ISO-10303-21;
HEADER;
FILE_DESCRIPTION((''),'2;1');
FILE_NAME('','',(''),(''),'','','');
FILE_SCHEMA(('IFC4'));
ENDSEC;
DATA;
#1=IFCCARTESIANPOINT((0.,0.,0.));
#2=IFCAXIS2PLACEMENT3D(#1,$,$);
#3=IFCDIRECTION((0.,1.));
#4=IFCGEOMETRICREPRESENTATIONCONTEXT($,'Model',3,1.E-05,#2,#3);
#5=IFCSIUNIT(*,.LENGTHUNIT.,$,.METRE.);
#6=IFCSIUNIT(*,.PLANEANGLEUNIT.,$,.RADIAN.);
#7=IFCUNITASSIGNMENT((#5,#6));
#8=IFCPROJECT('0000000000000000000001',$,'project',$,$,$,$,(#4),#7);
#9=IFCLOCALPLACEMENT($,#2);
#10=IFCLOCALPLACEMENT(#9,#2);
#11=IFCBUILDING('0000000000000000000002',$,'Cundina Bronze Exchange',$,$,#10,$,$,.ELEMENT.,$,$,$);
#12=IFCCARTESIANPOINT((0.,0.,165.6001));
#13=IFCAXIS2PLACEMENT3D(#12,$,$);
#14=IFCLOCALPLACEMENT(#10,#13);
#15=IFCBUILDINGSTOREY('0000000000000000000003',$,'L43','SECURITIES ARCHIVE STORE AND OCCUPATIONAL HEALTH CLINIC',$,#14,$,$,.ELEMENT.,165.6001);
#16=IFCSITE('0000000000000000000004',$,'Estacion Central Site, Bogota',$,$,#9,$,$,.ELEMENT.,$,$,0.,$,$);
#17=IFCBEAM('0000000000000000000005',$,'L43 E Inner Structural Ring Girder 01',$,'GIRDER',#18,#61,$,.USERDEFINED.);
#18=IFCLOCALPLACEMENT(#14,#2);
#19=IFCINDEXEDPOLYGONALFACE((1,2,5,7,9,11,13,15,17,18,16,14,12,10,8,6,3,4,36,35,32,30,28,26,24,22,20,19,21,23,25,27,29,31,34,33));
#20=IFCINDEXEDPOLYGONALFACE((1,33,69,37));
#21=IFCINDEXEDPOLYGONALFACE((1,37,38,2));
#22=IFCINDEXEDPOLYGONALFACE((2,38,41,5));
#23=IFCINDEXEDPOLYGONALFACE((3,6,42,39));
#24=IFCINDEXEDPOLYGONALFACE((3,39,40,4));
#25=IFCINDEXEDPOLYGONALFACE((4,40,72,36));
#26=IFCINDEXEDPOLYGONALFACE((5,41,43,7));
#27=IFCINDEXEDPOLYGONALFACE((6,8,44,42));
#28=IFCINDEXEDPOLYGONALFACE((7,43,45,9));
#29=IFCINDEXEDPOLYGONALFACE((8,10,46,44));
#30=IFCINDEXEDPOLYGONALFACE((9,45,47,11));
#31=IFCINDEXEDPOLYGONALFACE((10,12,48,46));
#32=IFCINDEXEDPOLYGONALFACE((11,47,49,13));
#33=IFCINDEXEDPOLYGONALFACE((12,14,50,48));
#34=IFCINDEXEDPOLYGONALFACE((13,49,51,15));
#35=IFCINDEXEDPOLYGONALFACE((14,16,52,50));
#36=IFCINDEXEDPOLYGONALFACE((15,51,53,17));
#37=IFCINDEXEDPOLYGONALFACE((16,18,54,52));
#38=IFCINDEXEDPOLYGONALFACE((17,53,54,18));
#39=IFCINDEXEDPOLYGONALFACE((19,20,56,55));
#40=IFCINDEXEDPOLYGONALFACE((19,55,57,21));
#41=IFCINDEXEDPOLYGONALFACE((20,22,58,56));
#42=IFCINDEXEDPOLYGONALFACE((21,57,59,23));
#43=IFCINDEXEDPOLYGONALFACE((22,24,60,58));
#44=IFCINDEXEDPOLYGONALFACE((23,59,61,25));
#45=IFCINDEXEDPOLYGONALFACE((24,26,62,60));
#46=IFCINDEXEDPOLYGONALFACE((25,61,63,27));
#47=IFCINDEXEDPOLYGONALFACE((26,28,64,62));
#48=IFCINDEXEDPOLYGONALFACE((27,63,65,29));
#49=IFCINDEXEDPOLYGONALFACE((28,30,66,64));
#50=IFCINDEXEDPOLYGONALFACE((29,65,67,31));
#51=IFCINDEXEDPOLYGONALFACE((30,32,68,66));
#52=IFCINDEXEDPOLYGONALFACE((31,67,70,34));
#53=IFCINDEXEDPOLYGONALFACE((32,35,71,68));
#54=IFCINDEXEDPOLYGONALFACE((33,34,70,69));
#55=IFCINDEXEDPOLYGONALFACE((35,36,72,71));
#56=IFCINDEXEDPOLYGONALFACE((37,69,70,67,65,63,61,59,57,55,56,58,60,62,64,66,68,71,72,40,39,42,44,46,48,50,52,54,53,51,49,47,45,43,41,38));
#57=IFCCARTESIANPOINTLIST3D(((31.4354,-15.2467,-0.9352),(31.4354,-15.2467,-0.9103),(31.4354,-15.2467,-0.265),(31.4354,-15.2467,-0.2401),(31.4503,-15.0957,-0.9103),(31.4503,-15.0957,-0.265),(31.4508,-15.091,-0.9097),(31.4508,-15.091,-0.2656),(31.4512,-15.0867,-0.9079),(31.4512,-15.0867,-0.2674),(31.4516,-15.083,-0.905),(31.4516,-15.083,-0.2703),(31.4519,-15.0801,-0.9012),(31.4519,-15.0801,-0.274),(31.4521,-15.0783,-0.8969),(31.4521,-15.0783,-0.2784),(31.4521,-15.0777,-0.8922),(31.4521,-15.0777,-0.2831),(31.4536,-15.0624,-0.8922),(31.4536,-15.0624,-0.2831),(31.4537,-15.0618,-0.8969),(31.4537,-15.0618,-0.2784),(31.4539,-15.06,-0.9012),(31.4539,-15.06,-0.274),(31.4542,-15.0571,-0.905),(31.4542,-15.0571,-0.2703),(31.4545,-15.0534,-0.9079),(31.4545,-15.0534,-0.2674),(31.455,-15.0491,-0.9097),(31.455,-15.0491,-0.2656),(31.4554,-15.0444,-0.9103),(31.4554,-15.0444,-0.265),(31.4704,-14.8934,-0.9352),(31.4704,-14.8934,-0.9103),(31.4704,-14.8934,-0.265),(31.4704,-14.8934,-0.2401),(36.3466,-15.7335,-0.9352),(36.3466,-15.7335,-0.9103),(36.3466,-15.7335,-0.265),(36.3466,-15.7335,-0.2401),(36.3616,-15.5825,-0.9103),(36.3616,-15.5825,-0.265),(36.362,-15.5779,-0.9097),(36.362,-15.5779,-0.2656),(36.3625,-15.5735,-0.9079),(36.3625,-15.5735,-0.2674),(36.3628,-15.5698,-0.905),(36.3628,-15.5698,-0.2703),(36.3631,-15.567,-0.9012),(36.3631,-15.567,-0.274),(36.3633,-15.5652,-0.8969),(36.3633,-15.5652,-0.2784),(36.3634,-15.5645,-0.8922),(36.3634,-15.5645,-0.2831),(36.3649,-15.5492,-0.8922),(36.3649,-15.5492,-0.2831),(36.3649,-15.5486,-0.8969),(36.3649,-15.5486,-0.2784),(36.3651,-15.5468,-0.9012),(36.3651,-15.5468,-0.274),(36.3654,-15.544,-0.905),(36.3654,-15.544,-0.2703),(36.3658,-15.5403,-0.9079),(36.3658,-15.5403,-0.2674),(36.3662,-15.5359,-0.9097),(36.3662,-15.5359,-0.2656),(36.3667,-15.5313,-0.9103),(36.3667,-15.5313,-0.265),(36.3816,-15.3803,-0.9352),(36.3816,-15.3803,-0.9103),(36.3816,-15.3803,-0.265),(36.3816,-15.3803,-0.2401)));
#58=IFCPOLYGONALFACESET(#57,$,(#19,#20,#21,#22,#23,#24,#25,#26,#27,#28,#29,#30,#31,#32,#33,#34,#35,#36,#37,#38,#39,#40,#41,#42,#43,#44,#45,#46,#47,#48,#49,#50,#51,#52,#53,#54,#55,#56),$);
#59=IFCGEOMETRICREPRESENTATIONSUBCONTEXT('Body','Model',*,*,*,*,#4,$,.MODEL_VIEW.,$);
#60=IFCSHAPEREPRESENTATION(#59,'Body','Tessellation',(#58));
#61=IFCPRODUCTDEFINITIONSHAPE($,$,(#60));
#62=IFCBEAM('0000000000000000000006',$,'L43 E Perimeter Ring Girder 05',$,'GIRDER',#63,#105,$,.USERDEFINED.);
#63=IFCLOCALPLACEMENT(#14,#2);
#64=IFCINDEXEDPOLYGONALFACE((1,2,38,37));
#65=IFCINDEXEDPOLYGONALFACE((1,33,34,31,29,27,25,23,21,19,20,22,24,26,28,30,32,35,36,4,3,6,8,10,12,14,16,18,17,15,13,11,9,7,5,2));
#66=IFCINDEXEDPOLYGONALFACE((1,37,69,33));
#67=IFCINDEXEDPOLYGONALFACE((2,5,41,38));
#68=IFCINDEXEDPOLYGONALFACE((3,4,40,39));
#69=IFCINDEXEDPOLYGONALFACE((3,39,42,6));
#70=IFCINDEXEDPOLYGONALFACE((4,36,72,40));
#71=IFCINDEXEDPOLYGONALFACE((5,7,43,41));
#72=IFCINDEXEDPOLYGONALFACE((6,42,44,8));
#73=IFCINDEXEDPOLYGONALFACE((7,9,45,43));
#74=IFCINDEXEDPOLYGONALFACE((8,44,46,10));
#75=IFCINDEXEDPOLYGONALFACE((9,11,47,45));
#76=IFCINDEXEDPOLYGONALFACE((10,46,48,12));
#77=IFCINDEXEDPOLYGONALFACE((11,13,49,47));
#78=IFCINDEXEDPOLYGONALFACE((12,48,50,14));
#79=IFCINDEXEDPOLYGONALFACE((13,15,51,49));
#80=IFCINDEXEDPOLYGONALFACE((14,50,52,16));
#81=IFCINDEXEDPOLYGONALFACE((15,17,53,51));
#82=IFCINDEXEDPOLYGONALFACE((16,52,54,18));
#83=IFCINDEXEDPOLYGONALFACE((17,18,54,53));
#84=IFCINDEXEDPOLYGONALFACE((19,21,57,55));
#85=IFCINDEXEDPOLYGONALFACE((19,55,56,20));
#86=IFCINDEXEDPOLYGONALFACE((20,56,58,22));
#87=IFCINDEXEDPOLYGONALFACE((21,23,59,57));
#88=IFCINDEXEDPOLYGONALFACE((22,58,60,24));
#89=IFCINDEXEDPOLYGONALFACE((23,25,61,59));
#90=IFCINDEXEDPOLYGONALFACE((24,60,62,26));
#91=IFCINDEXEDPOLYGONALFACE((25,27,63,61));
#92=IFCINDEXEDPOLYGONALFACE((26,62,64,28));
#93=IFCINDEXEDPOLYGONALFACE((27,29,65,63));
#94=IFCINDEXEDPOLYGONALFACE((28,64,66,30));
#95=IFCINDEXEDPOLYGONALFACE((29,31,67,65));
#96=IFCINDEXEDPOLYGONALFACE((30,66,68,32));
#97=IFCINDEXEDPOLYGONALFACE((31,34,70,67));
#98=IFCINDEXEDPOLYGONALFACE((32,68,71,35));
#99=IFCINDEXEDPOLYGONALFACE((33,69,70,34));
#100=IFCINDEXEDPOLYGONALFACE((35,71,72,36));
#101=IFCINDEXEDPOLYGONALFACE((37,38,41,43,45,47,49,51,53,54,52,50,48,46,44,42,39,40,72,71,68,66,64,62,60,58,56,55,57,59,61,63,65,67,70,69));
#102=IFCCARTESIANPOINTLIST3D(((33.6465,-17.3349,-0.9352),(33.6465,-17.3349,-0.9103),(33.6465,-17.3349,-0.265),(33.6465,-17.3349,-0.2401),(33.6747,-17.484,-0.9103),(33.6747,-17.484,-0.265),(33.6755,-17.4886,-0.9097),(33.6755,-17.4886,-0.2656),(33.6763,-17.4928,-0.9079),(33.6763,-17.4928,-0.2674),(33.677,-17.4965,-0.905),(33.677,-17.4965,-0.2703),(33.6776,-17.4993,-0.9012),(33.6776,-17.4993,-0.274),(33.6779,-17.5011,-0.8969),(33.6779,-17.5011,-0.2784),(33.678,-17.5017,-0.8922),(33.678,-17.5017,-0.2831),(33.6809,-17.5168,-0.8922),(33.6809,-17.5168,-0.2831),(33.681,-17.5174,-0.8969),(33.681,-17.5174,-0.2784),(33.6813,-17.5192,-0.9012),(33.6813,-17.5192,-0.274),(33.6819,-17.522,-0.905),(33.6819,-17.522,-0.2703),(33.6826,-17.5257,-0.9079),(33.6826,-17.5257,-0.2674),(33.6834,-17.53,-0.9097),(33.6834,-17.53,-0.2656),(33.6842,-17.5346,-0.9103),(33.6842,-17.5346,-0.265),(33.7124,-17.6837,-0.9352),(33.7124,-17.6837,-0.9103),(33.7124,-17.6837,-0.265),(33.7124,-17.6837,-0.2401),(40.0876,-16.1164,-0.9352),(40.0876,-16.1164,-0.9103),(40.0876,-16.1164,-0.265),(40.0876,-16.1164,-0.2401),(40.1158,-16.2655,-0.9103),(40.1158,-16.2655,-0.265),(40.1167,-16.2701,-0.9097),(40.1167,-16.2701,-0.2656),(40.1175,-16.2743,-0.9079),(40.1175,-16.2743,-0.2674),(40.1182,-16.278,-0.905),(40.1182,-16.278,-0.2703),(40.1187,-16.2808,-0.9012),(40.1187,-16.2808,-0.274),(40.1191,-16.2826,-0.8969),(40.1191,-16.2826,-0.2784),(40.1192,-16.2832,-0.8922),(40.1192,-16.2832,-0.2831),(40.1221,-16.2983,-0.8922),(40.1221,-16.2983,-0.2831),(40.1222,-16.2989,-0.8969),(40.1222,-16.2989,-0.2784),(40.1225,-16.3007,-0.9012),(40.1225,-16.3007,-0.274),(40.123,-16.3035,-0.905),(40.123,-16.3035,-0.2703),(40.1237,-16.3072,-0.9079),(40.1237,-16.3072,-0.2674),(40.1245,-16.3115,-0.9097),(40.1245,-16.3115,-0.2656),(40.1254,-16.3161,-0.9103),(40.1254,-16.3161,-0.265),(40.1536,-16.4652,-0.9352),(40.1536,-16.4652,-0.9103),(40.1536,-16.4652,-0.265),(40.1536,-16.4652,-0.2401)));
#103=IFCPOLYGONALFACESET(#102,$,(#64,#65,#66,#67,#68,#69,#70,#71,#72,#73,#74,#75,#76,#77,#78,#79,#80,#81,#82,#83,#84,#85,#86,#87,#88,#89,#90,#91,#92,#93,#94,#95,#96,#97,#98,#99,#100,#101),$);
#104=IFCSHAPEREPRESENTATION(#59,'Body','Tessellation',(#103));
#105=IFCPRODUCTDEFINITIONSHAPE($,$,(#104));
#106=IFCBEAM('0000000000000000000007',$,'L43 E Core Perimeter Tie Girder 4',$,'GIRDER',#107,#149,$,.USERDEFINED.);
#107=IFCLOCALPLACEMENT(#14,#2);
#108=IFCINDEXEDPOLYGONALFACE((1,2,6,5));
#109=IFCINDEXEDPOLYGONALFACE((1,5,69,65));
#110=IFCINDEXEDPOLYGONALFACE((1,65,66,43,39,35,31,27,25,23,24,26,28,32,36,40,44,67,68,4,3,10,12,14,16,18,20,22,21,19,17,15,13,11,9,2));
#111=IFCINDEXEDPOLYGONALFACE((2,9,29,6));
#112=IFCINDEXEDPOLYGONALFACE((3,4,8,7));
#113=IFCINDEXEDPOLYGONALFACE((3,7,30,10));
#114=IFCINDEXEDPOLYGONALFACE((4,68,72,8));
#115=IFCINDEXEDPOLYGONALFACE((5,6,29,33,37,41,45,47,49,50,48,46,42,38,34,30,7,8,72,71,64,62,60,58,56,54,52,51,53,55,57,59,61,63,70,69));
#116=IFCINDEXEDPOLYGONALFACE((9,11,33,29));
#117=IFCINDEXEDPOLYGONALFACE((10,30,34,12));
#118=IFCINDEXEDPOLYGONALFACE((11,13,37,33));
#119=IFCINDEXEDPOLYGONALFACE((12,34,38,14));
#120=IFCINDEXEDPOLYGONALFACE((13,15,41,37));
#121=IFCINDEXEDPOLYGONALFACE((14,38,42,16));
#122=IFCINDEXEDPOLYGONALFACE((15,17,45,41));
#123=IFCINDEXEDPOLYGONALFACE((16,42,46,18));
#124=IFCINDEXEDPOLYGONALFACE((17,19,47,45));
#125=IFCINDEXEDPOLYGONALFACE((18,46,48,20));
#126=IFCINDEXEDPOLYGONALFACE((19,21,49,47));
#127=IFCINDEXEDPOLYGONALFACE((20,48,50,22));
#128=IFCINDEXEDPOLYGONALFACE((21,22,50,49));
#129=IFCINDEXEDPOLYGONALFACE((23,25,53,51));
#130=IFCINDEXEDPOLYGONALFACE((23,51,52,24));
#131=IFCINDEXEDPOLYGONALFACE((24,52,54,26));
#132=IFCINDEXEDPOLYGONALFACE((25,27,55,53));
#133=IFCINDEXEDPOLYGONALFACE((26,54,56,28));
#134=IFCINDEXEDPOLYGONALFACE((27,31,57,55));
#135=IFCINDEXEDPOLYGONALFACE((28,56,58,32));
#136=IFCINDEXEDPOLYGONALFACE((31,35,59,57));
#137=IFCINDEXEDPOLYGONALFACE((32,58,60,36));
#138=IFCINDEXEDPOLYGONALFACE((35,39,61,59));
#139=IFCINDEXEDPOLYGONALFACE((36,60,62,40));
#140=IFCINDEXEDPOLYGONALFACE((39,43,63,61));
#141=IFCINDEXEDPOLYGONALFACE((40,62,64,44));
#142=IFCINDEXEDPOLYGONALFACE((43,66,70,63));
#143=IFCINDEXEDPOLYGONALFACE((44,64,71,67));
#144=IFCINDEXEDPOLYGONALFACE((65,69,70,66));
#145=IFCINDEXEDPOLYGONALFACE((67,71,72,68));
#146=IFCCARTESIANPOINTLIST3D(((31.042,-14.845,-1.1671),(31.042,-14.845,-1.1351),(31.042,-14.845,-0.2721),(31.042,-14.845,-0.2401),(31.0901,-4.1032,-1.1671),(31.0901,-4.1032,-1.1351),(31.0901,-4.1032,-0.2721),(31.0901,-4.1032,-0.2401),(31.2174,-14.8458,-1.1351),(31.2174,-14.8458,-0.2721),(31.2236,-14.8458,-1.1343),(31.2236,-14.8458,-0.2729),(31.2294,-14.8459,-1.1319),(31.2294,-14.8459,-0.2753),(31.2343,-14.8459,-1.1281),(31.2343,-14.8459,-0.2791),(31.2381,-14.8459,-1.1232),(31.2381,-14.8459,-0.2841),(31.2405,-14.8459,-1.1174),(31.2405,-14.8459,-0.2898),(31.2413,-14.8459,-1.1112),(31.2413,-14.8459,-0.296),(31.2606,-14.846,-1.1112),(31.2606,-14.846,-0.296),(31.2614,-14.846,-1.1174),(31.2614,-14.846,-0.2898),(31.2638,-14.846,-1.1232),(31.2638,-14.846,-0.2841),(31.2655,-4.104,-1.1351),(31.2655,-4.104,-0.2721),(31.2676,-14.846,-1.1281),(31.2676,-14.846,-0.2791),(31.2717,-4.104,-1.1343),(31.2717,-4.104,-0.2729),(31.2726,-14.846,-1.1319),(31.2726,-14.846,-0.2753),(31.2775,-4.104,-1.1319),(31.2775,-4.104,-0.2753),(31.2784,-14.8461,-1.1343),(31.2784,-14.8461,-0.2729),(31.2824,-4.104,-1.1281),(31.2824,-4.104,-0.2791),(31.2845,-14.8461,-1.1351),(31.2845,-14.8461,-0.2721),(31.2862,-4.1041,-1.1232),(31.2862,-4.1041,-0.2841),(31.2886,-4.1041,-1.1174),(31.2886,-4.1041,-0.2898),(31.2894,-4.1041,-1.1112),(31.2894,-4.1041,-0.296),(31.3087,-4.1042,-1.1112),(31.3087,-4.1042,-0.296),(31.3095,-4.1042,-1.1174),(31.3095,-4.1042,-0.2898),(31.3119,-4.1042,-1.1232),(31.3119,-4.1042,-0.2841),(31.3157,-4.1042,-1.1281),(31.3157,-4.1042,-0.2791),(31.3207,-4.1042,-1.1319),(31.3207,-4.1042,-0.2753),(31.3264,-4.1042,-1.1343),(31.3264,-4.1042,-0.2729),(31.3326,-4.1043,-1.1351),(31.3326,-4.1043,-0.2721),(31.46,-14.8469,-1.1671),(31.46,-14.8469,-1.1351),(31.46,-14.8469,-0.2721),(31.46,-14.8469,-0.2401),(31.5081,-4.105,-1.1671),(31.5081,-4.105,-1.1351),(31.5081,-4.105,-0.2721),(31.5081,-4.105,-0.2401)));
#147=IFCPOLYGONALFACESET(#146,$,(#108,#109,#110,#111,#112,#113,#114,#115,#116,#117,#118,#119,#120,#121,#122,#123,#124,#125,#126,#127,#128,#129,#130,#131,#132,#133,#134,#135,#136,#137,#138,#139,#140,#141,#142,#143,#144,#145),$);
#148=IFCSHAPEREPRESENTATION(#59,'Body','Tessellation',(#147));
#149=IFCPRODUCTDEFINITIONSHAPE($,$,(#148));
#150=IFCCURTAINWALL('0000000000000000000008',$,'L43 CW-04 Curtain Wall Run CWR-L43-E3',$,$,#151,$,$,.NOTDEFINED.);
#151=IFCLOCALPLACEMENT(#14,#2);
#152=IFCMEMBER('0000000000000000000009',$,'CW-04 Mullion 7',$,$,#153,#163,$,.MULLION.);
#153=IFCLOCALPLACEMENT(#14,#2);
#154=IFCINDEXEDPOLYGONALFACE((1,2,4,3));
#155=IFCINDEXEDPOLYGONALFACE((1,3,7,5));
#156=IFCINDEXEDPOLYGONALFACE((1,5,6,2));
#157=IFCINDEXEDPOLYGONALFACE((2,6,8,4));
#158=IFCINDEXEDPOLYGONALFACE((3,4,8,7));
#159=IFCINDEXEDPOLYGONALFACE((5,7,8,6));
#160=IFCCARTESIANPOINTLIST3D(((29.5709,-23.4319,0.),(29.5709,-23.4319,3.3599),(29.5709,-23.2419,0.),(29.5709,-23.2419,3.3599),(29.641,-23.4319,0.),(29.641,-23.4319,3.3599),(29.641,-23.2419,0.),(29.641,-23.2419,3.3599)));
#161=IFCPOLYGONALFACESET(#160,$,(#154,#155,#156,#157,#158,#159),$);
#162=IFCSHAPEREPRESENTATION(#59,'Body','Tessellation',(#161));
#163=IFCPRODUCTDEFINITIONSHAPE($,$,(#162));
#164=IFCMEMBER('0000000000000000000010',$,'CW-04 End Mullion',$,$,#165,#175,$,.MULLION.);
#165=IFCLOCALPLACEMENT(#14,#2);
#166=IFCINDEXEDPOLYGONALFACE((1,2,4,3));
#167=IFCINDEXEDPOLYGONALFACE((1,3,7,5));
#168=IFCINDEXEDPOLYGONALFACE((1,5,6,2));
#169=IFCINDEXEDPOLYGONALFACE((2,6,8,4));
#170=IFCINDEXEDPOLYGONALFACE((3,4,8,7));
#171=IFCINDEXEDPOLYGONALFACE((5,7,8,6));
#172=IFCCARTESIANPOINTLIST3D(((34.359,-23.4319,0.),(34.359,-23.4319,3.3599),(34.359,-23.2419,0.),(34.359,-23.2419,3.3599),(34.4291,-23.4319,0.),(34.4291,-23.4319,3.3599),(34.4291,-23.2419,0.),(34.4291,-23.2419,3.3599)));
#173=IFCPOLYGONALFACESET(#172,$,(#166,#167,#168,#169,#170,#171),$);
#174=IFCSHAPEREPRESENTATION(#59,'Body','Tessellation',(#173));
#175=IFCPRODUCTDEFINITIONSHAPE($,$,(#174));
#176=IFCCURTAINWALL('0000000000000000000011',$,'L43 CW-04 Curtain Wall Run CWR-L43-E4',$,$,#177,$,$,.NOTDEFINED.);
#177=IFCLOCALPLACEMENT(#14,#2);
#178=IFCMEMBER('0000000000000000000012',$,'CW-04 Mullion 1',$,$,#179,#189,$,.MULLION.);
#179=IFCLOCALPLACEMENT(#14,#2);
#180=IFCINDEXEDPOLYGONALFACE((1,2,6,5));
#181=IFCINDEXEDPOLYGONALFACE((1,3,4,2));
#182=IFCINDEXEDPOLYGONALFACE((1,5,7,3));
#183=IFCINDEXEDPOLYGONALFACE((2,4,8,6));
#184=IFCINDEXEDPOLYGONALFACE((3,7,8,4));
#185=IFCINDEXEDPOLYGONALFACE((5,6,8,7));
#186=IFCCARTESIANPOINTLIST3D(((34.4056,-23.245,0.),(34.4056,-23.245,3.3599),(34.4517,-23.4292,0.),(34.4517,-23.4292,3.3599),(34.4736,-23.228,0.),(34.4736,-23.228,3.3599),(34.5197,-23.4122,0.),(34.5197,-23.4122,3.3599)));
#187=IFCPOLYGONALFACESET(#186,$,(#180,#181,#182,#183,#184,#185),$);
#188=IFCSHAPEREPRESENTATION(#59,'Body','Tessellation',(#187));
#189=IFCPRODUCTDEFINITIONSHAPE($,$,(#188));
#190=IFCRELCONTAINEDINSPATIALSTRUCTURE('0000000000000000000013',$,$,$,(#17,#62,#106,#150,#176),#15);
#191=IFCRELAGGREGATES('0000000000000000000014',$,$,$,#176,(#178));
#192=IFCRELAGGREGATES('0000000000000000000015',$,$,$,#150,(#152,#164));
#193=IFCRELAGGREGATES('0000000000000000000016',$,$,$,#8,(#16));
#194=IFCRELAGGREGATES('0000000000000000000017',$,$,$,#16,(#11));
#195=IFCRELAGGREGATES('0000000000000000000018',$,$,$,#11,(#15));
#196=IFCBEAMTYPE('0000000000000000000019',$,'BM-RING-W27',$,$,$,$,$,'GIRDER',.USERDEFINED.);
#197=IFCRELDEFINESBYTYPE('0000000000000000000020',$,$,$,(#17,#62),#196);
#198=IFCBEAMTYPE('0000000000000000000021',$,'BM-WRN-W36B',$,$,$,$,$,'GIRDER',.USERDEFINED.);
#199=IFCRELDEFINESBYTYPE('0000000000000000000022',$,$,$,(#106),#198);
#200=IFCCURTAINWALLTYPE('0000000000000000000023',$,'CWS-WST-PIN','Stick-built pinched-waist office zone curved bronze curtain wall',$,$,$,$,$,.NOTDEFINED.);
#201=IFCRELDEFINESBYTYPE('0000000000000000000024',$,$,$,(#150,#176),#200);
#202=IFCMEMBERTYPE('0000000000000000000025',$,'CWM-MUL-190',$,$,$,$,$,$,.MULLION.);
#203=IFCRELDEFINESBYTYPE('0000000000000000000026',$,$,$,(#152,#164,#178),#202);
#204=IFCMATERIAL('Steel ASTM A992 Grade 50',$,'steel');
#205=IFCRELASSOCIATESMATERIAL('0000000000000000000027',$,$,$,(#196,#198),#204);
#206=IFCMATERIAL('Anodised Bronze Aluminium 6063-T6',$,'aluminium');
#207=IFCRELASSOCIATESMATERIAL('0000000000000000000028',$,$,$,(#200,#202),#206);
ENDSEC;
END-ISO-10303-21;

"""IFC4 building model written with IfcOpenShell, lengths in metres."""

from ifc_helpers import new_model, si_unit, direction, frame, origin, origin_2d, place, context, subcontext, project, spatial, rectangle, i_section, extrude, material, material_profile, profile_set, type_object, element, aggregate, save


model = new_model("IFC4")

# Units and contexts
model_context = context("Model", 3, precision=1e-05, world=origin(), true_north=direction((0.0, 1.0)))
body_context = subcontext(model_context, "Body", "Model", "MODEL_VIEW")
ifc_project = project(units=[si_unit("LENGTHUNIT", "METRE"), si_unit("PLANEANGLEUNIT", "RADIAN")], contexts=[model_context])

# Site, building, storey
site_placement = place(None, origin())
site = spatial("IfcSite", under=ifc_project, at=site_placement, Name="Estacion Central Site, Bogota", CompositionType="ELEMENT", RefElevation=0.0)
building_placement = place(site_placement, origin())
building = spatial("IfcBuilding", under=site, at=building_placement, Name="Cundina Bronze Exchange", CompositionType="ELEMENT")
storey_placement = place(building_placement, frame((0.0, 0.0, 165.6001)))
storey = spatial("IfcBuildingStorey", under=building, at=storey_placement, Name="L43", Description="SECURITIES ARCHIVE STORE AND OCCUPATIONAL HEALTH CLINIC", CompositionType="ELEMENT", Elevation=165.6001)

# Shared definitions
ifc_material_1 = material(Name="Steel ASTM A992 Grade 50", Category="steel")

# Beams
ifc_material_profile_1 = material_profile(ifc_material_1, i_section(OverallWidth=0.355, OverallDepth=0.6951, WebThickness=0.0154, FlangeThickness=0.0249, FilletRadius=0.0181, at=origin_2d()), Name="W27X146", Category="steel")
ifc_profile_set_1 = profile_set([ifc_material_profile_1], Name="Steel ASTM A992 Grade 50")
beam_type_1 = type_object("IfcBeamType", Name="BM-RING-W27", ElementType="GIRDER", PredefinedType="USERDEFINED", material=ifc_profile_set_1)
beam_1_placement = place(storey_placement, frame((31.4529, -15.0701, -0.5876), z_axis=(0.995123, -0.098642, 0.0), x_axis=(0.098642, 0.995123, 0.0)))
element("IfcBeam", 1, at=beam_1_placement, inside=storey, type_object=beam_type_1, Name="L43 E Inner Structural Ring Girder 01", ObjectType="GIRDER", PredefinedType="USERDEFINED", context=body_context, shape_type="SweptSolid", body=[
    extrude(i_section(OverallWidth=0.355, OverallDepth=0.6951, WebThickness=0.0154, FlangeThickness=0.0249, FilletRadius=0.0181, at=origin_2d()), origin(), (0.0, 0.0, 1.0), 4.9353),
])
beam_2_placement = place(storey_placement, frame((33.6794, -17.5093, -0.5876), z_axis=(0.982573, 0.185878, 0.0), x_axis=(-0.185878, 0.982573, 0.0)))
element("IfcBeam", 2, at=beam_2_placement, inside=storey, type_object=beam_type_1, Name="L43 E Perimeter Ring Girder 05", ObjectType="GIRDER", PredefinedType="USERDEFINED", context=body_context, shape_type="SweptSolid", body=[
    extrude(i_section(OverallWidth=0.355, OverallDepth=0.6951, WebThickness=0.0154, FlangeThickness=0.0249, FilletRadius=0.0181, at=origin_2d()), origin(), (0.0, 0.0, 1.0), 6.5554),
])
ifc_material_profile_2 = material_profile(ifc_material_1, i_section(OverallWidth=0.418, OverallDepth=0.927, WebThickness=0.0193, FlangeThickness=0.032, FilletRadius=0.0239, at=origin_2d()), Name="W36X231", Category="steel")
ifc_profile_set_2 = profile_set([ifc_material_profile_2], Name="Steel ASTM A992 Grade 50")
beam_type_2 = type_object("IfcBeamType", Name="BM-WRN-W36B", ElementType="GIRDER", PredefinedType="USERDEFINED", material=ifc_profile_set_2)
beam_3_placement = place(storey_placement, frame((31.251, -14.8459, -0.7036), z_axis=(0.004477, 0.99999, 0.0), x_axis=(-0.99999, 0.004477, 0.0)))
element("IfcBeam", 3, at=beam_3_placement, inside=storey, type_object=beam_type_2, Name="L43 E Core Perimeter Tie Girder 4", ObjectType="GIRDER", PredefinedType="USERDEFINED", context=body_context, shape_type="SweptSolid", body=[
    extrude(i_section(OverallWidth=0.418, OverallDepth=0.927, WebThickness=0.0193, FlangeThickness=0.032, FilletRadius=0.0239, at=origin_2d()), origin(), (0.0, 0.0, 1.0), 10.7419),
])

# Curtain wall, members
ifc_material_2 = material(Name="Anodised Bronze Aluminium 6063-T6", Category="aluminium")
curtain_wall_type = type_object("IfcCurtainWallType", Name="CWS-WST-PIN", Description="Stick-built pinched-waist office zone curved bronze curtain wall", PredefinedType="NOTDEFINED", material=ifc_material_2)
curtain_wall_1_placement = place(storey_placement, origin())
curtain_wall_1 = element("IfcCurtainWall", 4, at=curtain_wall_1_placement, inside=storey, type_object=curtain_wall_type, Name="L43 CW-04 Curtain Wall Run CWR-L43-E3", PredefinedType="NOTDEFINED")
ifc_material_profile_3 = material_profile(ifc_material_2, rectangle(XDim=0.0701, YDim=0.1899, at=origin_2d()), Name="AL70X190", Category="aluminium")
ifc_profile_set_3 = profile_set([ifc_material_profile_3], Name="Anodised Bronze Aluminium 6063-T6")
member_type_1 = type_object("IfcMemberType", Name="CWM-MUL-190", PredefinedType="MULLION", material=ifc_profile_set_3)
member_1_placement = place(storey_placement, frame((29.606, -23.3369, 0.0), z_axis=(0.0, 0.0, 1.0), x_axis=(1.0, 0.0, 0.0)))
member_1 = element("IfcMember", 5, at=member_1_placement, type_object=member_type_1, Name="CW-04 Mullion 7", PredefinedType="MULLION", context=body_context, shape_type="SweptSolid", body=[
    extrude(rectangle(XDim=0.0701, YDim=0.1899, at=origin_2d()), origin(), (0.0, 0.0, 1.0), 3.3599),
])
member_2_placement = place(storey_placement, frame((34.394, -23.3369, 0.0), z_axis=(0.0, 0.0, 1.0), x_axis=(1.0, 0.0, 0.0)))
member_2 = element("IfcMember", 6, at=member_2_placement, type_object=member_type_1, Name="CW-04 End Mullion", PredefinedType="MULLION", context=body_context, shape_type="SweptSolid", body=[
    extrude(rectangle(XDim=0.0701, YDim=0.1899, at=origin_2d()), origin(), (0.0, 0.0, 1.0), 3.3599),
])

# Curtain wall, member
curtain_wall_2_placement = place(storey_placement, origin())
curtain_wall_2 = element("IfcCurtainWall", 7, at=curtain_wall_2_placement, inside=storey, type_object=curtain_wall_type, Name="L43 CW-04 Curtain Wall Run CWR-L43-E4", PredefinedType="NOTDEFINED")
member_3_placement = place(storey_placement, frame((34.4626, -23.3286, 0.0), z_axis=(0.0, 0.0, 1.0), x_axis=(0.970084, 0.242769, 0.0)))
member_3 = element("IfcMember", 8, at=member_3_placement, type_object=member_type_1, Name="CW-04 Mullion 1", PredefinedType="MULLION", context=body_context, shape_type="SweptSolid", body=[
    extrude(rectangle(XDim=0.0701, YDim=0.1899, at=origin_2d()), origin(), (0.0, 0.0, 1.0), 3.3599),
])

aggregate(curtain_wall_2, [member_3])

aggregate(curtain_wall_1, [member_1, member_2])

save(model, "model.ifc")
